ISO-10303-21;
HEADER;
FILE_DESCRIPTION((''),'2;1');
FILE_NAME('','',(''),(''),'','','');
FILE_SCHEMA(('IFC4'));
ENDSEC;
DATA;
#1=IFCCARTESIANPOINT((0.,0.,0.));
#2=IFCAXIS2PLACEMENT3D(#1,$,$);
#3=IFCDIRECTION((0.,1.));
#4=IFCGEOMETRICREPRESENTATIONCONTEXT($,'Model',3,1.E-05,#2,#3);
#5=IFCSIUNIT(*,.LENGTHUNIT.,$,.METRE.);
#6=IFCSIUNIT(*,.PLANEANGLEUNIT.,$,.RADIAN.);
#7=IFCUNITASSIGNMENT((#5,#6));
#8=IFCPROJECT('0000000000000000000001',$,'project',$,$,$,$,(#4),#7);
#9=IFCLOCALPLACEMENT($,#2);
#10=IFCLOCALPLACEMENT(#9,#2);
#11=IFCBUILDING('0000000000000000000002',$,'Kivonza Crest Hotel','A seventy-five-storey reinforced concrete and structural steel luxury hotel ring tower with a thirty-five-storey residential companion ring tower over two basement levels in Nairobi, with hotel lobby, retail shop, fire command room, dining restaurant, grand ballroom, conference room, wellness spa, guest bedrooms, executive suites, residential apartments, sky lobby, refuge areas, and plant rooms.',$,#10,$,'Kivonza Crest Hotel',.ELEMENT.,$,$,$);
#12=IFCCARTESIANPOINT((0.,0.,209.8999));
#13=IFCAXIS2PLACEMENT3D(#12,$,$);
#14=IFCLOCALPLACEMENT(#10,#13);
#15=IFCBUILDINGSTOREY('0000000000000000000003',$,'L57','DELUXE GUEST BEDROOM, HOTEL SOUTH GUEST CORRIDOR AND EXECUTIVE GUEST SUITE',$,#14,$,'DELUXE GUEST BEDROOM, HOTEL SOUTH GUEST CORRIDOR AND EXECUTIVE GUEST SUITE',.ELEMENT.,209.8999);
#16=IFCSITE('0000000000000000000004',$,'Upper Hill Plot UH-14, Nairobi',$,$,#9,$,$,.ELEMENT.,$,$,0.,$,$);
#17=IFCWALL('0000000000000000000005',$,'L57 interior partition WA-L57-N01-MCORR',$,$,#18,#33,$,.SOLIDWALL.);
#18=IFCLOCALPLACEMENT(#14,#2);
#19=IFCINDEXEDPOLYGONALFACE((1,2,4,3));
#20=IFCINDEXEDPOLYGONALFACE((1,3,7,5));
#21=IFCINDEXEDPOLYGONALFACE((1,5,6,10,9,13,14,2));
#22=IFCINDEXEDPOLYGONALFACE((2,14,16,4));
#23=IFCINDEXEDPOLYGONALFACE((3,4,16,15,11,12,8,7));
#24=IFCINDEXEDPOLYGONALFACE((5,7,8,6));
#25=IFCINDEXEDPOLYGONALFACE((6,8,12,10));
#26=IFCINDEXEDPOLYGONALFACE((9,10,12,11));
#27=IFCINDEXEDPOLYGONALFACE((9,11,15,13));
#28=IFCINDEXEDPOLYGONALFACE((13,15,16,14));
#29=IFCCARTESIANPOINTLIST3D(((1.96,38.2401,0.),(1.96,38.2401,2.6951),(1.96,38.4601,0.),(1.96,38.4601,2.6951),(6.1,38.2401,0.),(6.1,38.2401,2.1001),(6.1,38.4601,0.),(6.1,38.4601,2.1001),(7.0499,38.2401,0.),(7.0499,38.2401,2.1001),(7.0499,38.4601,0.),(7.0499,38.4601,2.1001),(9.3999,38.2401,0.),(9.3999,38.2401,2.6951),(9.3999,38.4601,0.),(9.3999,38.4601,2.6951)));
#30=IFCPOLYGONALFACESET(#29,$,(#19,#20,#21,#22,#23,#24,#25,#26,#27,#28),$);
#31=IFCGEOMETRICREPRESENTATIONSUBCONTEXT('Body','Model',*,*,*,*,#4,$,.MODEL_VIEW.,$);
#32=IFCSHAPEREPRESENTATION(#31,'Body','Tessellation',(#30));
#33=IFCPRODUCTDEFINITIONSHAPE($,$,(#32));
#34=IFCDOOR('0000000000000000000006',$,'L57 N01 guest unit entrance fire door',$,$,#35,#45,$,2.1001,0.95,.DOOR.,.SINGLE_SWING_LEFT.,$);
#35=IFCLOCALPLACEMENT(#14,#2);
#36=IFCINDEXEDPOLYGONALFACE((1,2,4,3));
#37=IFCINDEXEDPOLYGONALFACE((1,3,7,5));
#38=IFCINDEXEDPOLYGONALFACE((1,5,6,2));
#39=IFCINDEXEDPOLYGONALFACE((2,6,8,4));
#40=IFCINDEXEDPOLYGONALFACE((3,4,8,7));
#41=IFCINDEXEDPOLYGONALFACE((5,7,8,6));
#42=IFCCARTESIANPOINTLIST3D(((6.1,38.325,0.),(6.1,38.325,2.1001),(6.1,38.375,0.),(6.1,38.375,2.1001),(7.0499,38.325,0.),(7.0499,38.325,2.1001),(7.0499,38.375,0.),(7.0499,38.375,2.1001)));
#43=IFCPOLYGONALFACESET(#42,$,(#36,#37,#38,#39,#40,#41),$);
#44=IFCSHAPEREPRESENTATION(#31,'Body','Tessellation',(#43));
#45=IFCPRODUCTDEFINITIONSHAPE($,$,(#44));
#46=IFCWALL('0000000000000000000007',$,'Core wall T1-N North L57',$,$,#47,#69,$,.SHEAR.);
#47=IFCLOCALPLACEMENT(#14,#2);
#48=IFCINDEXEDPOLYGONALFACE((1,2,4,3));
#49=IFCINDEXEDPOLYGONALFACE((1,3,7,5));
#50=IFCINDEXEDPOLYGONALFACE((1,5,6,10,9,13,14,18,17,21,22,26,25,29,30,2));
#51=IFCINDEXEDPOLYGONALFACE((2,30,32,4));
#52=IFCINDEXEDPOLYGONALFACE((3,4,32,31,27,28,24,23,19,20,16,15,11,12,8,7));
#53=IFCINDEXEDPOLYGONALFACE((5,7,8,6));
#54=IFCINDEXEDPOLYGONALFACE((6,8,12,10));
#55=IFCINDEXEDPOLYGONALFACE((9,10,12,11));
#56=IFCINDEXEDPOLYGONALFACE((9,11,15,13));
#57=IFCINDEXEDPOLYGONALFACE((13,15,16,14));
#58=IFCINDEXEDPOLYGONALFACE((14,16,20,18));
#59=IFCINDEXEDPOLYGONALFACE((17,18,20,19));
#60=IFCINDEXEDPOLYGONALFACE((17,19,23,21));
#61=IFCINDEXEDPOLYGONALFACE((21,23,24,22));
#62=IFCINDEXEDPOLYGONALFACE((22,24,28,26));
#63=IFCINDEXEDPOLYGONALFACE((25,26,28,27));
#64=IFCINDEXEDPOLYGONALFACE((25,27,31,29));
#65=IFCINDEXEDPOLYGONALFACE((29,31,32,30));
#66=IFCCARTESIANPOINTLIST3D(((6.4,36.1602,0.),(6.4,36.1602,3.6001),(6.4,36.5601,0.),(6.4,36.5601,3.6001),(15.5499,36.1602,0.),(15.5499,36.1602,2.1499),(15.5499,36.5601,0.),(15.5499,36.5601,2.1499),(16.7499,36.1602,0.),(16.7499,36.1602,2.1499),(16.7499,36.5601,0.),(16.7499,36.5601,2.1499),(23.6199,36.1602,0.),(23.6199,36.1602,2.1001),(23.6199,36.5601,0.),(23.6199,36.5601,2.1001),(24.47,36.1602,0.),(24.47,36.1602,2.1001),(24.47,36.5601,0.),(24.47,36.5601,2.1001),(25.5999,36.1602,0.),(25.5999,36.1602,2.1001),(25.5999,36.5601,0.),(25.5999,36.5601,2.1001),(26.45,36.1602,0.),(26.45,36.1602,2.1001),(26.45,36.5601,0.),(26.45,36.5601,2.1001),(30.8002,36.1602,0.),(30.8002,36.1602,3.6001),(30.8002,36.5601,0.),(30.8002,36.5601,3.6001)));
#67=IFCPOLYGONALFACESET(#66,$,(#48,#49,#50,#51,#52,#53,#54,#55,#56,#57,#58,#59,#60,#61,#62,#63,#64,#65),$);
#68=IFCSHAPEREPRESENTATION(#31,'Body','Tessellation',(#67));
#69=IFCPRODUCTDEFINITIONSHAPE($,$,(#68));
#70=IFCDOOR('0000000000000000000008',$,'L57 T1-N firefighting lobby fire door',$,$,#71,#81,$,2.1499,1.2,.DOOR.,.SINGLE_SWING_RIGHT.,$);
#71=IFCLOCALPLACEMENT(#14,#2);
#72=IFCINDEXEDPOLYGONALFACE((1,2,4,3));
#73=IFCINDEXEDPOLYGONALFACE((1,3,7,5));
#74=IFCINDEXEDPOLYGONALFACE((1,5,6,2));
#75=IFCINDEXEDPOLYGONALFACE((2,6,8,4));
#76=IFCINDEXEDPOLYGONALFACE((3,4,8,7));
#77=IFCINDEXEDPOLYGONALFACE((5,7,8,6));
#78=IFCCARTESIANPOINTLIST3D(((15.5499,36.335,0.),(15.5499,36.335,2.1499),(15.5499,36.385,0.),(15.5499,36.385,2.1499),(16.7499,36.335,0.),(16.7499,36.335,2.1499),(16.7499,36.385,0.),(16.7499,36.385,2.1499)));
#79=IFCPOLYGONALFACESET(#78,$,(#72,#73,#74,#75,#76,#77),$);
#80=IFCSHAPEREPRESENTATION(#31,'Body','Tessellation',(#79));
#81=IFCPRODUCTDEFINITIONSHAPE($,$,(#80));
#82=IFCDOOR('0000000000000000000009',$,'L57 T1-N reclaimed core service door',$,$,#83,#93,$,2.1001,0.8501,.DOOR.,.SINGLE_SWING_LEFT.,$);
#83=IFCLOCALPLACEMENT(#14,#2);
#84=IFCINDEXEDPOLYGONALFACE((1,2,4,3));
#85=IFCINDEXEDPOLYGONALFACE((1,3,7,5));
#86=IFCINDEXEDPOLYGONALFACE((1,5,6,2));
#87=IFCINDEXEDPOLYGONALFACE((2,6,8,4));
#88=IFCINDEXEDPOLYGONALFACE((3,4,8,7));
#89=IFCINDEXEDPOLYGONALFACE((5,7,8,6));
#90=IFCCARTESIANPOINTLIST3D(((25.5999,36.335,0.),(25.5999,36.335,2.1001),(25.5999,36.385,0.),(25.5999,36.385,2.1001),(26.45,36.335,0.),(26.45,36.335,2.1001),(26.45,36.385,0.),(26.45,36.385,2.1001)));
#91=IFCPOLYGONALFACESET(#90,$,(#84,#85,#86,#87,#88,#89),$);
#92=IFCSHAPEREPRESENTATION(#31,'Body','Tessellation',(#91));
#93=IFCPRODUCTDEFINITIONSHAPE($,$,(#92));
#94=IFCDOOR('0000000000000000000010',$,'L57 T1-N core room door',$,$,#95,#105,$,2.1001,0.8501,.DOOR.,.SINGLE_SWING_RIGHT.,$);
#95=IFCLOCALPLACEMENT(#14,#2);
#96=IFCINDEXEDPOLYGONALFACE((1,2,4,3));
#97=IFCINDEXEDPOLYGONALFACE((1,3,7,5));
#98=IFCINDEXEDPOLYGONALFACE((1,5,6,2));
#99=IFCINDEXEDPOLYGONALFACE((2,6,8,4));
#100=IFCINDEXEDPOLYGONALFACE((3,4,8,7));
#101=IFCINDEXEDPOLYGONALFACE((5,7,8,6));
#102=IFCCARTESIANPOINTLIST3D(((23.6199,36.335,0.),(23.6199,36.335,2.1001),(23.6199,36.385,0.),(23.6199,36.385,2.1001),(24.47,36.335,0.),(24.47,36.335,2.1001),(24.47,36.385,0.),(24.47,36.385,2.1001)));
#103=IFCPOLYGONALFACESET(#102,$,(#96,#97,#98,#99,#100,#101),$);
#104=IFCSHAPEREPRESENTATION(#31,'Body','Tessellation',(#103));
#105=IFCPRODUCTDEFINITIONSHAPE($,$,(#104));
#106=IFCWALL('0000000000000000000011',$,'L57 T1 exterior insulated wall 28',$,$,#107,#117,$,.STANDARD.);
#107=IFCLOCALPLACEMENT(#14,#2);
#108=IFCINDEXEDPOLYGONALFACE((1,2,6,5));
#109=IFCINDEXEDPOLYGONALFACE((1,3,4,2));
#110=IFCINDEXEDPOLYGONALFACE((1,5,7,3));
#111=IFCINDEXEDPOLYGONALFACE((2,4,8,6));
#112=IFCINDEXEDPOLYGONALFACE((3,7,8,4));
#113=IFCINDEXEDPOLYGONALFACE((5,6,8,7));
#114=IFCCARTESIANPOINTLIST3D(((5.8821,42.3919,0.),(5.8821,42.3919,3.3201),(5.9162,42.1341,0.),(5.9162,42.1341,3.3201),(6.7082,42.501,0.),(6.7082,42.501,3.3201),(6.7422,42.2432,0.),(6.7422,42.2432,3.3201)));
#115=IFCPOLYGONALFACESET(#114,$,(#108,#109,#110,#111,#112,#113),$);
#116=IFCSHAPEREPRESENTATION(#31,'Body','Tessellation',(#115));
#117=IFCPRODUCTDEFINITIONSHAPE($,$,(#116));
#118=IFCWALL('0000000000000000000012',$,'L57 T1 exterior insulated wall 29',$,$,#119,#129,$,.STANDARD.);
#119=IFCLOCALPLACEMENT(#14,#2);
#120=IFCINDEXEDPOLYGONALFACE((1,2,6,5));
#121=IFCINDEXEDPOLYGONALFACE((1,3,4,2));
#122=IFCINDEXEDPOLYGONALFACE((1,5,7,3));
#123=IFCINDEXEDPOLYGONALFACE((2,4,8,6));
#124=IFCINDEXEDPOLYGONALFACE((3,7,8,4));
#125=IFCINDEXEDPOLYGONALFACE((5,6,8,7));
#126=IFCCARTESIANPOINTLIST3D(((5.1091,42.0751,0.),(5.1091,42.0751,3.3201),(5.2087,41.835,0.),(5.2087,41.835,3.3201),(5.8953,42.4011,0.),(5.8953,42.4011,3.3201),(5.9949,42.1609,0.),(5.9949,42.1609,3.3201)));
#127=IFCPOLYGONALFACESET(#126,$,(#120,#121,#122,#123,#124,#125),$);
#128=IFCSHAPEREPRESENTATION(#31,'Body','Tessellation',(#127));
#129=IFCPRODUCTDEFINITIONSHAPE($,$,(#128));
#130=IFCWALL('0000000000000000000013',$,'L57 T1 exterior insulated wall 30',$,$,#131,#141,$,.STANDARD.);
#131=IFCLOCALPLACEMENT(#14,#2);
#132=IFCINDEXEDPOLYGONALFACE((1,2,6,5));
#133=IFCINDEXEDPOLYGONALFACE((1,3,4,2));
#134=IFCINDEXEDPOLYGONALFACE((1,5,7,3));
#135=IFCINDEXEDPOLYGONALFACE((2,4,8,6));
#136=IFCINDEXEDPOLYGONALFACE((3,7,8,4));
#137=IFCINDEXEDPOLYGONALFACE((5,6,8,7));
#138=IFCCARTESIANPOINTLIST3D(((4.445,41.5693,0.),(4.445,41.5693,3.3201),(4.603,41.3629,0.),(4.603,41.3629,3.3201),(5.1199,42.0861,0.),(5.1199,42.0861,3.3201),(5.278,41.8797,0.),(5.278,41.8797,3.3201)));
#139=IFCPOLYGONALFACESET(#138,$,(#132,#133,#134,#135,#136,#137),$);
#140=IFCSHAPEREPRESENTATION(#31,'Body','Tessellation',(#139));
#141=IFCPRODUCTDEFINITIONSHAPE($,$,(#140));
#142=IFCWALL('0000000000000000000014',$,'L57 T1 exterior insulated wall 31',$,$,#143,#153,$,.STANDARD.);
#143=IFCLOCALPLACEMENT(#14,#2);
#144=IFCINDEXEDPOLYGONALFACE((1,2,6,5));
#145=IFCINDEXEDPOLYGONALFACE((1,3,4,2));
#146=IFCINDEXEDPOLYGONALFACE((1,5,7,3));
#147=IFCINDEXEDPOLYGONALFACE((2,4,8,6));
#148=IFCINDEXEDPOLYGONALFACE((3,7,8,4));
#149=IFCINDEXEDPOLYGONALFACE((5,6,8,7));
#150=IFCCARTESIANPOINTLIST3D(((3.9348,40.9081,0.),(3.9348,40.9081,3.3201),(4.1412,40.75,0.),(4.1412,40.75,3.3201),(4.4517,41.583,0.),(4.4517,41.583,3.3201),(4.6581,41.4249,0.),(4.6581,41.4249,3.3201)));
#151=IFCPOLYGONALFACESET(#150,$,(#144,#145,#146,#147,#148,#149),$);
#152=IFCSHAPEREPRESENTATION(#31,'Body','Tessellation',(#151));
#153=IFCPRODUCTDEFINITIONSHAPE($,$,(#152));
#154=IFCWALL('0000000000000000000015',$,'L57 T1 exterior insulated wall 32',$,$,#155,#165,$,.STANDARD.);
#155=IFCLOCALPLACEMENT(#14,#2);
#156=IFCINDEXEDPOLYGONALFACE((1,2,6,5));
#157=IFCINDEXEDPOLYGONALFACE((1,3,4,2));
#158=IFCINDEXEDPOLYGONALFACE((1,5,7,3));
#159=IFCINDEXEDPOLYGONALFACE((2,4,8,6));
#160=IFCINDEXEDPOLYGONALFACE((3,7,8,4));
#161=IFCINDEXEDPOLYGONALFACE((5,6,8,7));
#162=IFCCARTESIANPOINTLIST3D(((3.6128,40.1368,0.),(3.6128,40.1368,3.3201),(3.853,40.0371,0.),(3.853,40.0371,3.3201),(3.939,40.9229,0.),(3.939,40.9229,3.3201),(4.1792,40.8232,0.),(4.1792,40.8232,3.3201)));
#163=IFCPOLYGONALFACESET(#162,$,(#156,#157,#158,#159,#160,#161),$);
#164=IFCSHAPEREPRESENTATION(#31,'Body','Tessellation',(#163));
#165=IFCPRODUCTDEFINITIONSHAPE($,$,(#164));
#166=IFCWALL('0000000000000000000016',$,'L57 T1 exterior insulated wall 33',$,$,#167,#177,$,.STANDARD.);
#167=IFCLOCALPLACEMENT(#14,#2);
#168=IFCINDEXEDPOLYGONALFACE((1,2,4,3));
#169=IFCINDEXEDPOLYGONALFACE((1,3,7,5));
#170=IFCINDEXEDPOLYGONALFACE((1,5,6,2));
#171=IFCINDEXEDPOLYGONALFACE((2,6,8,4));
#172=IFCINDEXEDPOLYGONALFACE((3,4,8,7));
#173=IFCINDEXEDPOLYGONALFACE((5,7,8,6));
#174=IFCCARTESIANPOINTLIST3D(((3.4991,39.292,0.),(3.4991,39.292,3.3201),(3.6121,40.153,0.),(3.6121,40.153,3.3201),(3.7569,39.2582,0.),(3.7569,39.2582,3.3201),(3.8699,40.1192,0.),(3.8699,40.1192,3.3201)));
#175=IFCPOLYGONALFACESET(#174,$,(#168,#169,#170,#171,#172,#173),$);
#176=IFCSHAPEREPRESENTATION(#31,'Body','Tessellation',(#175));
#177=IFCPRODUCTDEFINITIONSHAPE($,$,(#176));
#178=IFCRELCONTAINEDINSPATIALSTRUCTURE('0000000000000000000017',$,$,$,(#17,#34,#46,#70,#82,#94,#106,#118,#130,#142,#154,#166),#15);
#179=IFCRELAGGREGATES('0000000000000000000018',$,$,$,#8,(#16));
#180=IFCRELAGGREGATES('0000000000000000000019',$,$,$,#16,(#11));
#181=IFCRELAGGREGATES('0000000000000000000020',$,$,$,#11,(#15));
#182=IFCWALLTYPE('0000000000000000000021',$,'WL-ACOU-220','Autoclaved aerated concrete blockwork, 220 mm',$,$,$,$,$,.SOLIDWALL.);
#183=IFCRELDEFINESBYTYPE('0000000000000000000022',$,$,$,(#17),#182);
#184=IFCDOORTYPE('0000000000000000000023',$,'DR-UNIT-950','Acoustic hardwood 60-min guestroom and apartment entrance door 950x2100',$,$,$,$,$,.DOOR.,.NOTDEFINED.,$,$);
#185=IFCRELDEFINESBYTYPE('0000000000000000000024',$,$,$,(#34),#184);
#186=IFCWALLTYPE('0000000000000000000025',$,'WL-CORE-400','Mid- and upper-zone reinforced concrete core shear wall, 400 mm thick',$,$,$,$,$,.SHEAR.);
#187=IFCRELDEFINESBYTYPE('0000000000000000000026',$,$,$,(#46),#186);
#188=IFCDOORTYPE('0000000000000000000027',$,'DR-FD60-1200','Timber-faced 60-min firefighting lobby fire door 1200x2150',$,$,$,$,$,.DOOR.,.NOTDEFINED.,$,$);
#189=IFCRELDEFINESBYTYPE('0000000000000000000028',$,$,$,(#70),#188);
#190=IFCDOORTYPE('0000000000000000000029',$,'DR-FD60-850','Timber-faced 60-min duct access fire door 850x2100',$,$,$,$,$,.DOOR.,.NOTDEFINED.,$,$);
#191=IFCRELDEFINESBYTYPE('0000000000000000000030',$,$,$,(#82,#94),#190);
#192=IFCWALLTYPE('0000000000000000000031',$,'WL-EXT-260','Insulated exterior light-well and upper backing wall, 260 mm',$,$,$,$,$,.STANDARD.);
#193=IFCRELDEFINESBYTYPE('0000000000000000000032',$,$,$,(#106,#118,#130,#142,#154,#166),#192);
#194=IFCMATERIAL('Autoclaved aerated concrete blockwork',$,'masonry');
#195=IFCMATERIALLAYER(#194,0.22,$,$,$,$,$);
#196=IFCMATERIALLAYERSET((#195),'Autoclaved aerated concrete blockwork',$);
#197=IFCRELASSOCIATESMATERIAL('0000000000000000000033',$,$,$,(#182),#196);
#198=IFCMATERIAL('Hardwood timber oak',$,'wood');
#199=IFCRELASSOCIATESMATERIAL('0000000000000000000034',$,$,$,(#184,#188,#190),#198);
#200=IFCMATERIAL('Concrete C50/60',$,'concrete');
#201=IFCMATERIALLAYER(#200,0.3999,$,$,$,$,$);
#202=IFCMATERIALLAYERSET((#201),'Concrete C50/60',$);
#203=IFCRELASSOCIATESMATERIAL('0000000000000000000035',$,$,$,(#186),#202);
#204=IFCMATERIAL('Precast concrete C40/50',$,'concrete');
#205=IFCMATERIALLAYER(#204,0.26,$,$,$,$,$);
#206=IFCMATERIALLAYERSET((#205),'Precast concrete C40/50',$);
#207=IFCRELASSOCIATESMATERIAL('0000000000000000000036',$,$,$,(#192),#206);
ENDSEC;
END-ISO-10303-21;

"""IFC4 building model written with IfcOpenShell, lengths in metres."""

from ifc_helpers import new_model, si_unit, direction, frame, frame_2d, origin, place, context, subcontext, project, spatial, rectangle, extrude, material, layer, layer_set, type_object, element, fill, save


model = new_model("IFC4")

# Units and contexts
model_context = context("Model", 3, precision=1e-05, world=origin(), true_north=direction((0.0, 1.0)))
body_context = subcontext(model_context, "Body", "Model", "MODEL_VIEW")
ifc_project = project(units=[si_unit("LENGTHUNIT", "METRE"), si_unit("PLANEANGLEUNIT", "RADIAN")], contexts=[model_context])

# Site, building, storey
site_placement = place(None, origin())
site = spatial("IfcSite", under=ifc_project, at=site_placement, Name="Upper Hill Plot UH-14, Nairobi", CompositionType="ELEMENT", RefElevation=0.0)
building_placement = place(site_placement, origin())
building = spatial("IfcBuilding", under=site, at=building_placement, Name="Kivonza Crest Hotel", Description="A seventy-five-storey reinforced concrete and structural steel luxury hotel ring tower with a thirty-five-storey residential companion ring tower over two basement levels in Nairobi, with hotel lobby, retail shop, fire command room, dining restaurant, grand ballroom, conference room, wellness spa, guest bedrooms, executive suites, residential apartments, sky lobby, refuge areas, and plant rooms.", LongName="Kivonza Crest Hotel", CompositionType="ELEMENT")
storey_placement = place(building_placement, frame((0.0, 0.0, 209.8999)))
storey = spatial("IfcBuildingStorey", under=building, at=storey_placement, Name="L57", Description="DELUXE GUEST BEDROOM, HOTEL SOUTH GUEST CORRIDOR AND EXECUTIVE GUEST SUITE", LongName="DELUXE GUEST BEDROOM, HOTEL SOUTH GUEST CORRIDOR AND EXECUTIVE GUEST SUITE", CompositionType="ELEMENT", Elevation=209.8999)

# Shared definitions
ifc_material_1 = material(Name="Concrete C50/60", Category="concrete")

# Shared definitions
ifc_material_2 = material(Name="Autoclaved aerated concrete blockwork", Category="masonry")
ifc_layer_1 = layer(ifc_material_2, 0.22)
ifc_layer_set_1 = layer_set([ifc_layer_1], Name="Autoclaved aerated concrete blockwork")
wall_type_1 = type_object("IfcWallType", Name="WL-ACOU-220", Description="Autoclaved aerated concrete blockwork, 220 mm", PredefinedType="SOLIDWALL", material=ifc_layer_set_1)

# Wall, opening, door
wall_1_placement = place(storey_placement, frame((1.96, 38.3501, 0.0), z_axis=(0.0, 0.0, 1.0), x_axis=(1.0, 0.0, 0.0)))
wall_1 = element("IfcWall", 1, at=wall_1_placement, inside=storey, type_object=wall_type_1, Name="L57 interior partition WA-L57-N01-MCORR", PredefinedType="SOLIDWALL", context=body_context, shape_type="SweptSolid", body=[
    extrude(rectangle(XDim=7.4399, YDim=0.22, at=frame_2d((3.72, 0.0))), origin(), (0.0, 0.0, 1.0), 2.6951),
])
opening_1_placement = place(wall_1_placement, frame((4.1399, 0.0, 0.0)))
opening_1 = element("IfcOpeningElement", 2, at=opening_1_placement, cuts=wall_1, PredefinedType="OPENING", context=body_context, shape_type="SweptSolid", body=[
    extrude(rectangle(XDim=0.95, YDim=2.1001, at=frame_2d((0.4751, 1.05))), frame((0.0, 0.1201, 0.0), z_axis=(0.0, -1.0, 0.0), x_axis=(1.0, 0.0, 0.0)), (0.0, 0.0, 1.0), 0.24),
])
ifc_material_3 = material(Name="Hardwood timber oak", Category="wood")
door_type_1 = type_object("IfcDoorType", Name="DR-UNIT-950", Description="Acoustic hardwood 60-min guestroom and apartment entrance door 950x2100", OperationType="NOTDEFINED", PredefinedType="DOOR", material=ifc_material_3)
door_1_placement = place(opening_1_placement, origin())
door_1 = element("IfcDoor", 3, at=door_1_placement, inside=storey, type_object=door_type_1, Name="L57 N01 guest unit entrance fire door", OperationType="SINGLE_SWING_LEFT", OverallHeight=2.1001, OverallWidth=0.95, PredefinedType="DOOR", context=body_context, shape_type="SweptSolid", body=[
    extrude(rectangle(XDim=0.95, YDim=2.1001, at=frame_2d((0.4751, 1.05))), frame((0.0, 0.0249, 0.0), z_axis=(0.0, -1.0, 0.0), x_axis=(1.0, 0.0, 0.0)), (0.0, 0.0, 1.0), 0.05),
])
fill(opening_1, door_1)

# Wall, openings, doors
ifc_layer_2 = layer(ifc_material_1, 0.3999)
ifc_layer_set_2 = layer_set([ifc_layer_2], Name="Concrete C50/60")
wall_type_2 = type_object("IfcWallType", Name="WL-CORE-400", Description="Mid- and upper-zone reinforced concrete core shear wall, 400 mm thick", PredefinedType="SHEAR", material=ifc_layer_set_2)
wall_2_placement = place(storey_placement, frame((6.3999, 36.3601, 0.0), z_axis=(0.0, 0.0, 1.0), x_axis=(1.0, 0.0, 0.0)))
wall_2 = element("IfcWall", 4, at=wall_2_placement, inside=storey, type_object=wall_type_2, Name="Core wall T1-N North L57", PredefinedType="SHEAR", context=body_context, shape_type="SweptSolid", body=[
    extrude(rectangle(XDim=24.4001, YDim=0.3999, at=frame_2d((12.2002, 0.0))), origin(), (0.0, 0.0, 1.0), 3.6001),
])
opening_2_placement = place(wall_2_placement, frame((9.1499, 0.0, 0.0)))
opening_2 = element("IfcOpeningElement", 5, at=opening_2_placement, cuts=wall_2, PredefinedType="OPENING", context=body_context, shape_type="SweptSolid", body=[
    extrude(rectangle(XDim=1.2, YDim=2.1499, at=frame_2d((0.6001, 1.075))), frame((0.0, 0.21, 0.0), z_axis=(0.0, -1.0, 0.0), x_axis=(1.0, 0.0, 0.0)), (0.0, 0.0, 1.0), 0.4199),
])
opening_3_placement = place(wall_2_placement, frame((19.2, 0.0, 0.0)))
opening_3 = element("IfcOpeningElement", 6, at=opening_3_placement, cuts=wall_2, PredefinedType="OPENING", context=body_context, shape_type="SweptSolid", body=[
    extrude(rectangle(XDim=0.8501, YDim=2.1001, at=frame_2d((0.425, 1.05))), frame((0.0, 0.21, 0.0), z_axis=(0.0, -1.0, 0.0), x_axis=(1.0, 0.0, 0.0)), (0.0, 0.0, 1.0), 0.4199),
])
opening_4_placement = place(wall_2_placement, frame((17.22, 0.0, 0.0)))
opening_4 = element("IfcOpeningElement", 7, at=opening_4_placement, cuts=wall_2, PredefinedType="OPENING", context=body_context, shape_type="SweptSolid", body=[
    extrude(rectangle(XDim=0.8501, YDim=2.1001, at=frame_2d((0.425, 1.05))), frame((0.0, 0.21, 0.0), z_axis=(0.0, -1.0, 0.0), x_axis=(1.0, 0.0, 0.0)), (0.0, 0.0, 1.0), 0.4199),
])
door_type_2 = type_object("IfcDoorType", Name="DR-FD60-1200", Description="Timber-faced 60-min firefighting lobby fire door 1200x2150", OperationType="NOTDEFINED", PredefinedType="DOOR", material=ifc_material_3)
door_2_placement = place(opening_2_placement, origin())
door_2 = element("IfcDoor", 8, at=door_2_placement, inside=storey, type_object=door_type_2, Name="L57 T1-N firefighting lobby fire door", OperationType="SINGLE_SWING_RIGHT", OverallHeight=2.1499, OverallWidth=1.2, PredefinedType="DOOR", context=body_context, shape_type="SweptSolid", body=[
    extrude(rectangle(XDim=1.2, YDim=2.1499, at=frame_2d((0.6001, 1.075))), frame((0.0, 0.0249, 0.0), z_axis=(0.0, -1.0, 0.0), x_axis=(1.0, 0.0, 0.0)), (0.0, 0.0, 1.0), 0.05),
])
fill(opening_2, door_2)
door_type_3 = type_object("IfcDoorType", Name="DR-FD60-850", Description="Timber-faced 60-min duct access fire door 850x2100", OperationType="NOTDEFINED", PredefinedType="DOOR", material=ifc_material_3)
door_3_placement = place(opening_3_placement, origin())
door_3 = element("IfcDoor", 9, at=door_3_placement, inside=storey, type_object=door_type_3, Name="L57 T1-N reclaimed core service door", OperationType="SINGLE_SWING_LEFT", OverallHeight=2.1001, OverallWidth=0.8501, PredefinedType="DOOR", context=body_context, shape_type="SweptSolid", body=[
    extrude(rectangle(XDim=0.8501, YDim=2.1001, at=frame_2d((0.425, 1.05))), frame((0.0, 0.0249, 0.0), z_axis=(0.0, -1.0, 0.0), x_axis=(1.0, 0.0, 0.0)), (0.0, 0.0, 1.0), 0.05),
])
fill(opening_3, door_3)
door_4_placement = place(opening_4_placement, origin())
door_4 = element("IfcDoor", 10, at=door_4_placement, inside=storey, type_object=door_type_3, Name="L57 T1-N core room door", OperationType="SINGLE_SWING_RIGHT", OverallHeight=2.1001, OverallWidth=0.8501, PredefinedType="DOOR", context=body_context, shape_type="SweptSolid", body=[
    extrude(rectangle(XDim=0.8501, YDim=2.1001, at=frame_2d((0.425, 1.05))), frame((0.0, 0.0249, 0.0), z_axis=(0.0, -1.0, 0.0), x_axis=(1.0, 0.0, 0.0)), (0.0, 0.0, 1.0), 0.05),
])
fill(opening_4, door_4)

# Walls
ifc_material_4 = material(Name="Precast concrete C40/50", Category="concrete")
ifc_layer_3 = layer(ifc_material_4, 0.26)
ifc_layer_set_3 = layer_set([ifc_layer_3], Name="Precast concrete C40/50")
wall_type_3 = type_object("IfcWallType", Name="WL-EXT-260", Description="Insulated exterior light-well and upper backing wall, 260 mm", PredefinedType="STANDARD", material=ifc_layer_set_3)
wall_3_placement = place(storey_placement, frame((6.7251, 42.3721, 0.0), z_axis=(0.0, 0.0, 1.0), x_axis=(-0.991388, -0.130955, 0.0)))
element("IfcWall", 11, at=wall_3_placement, inside=storey, type_object=wall_type_3, Name="L57 T1 exterior insulated wall 28", PredefinedType="STANDARD", context=body_context, shape_type="SweptSolid", body=[
    extrude(rectangle(XDim=0.8333, YDim=0.26, at=frame_2d((0.4165, 0.0))), origin(), (0.0, 0.0, 1.0), 3.3201),
])
wall_4_placement = place(storey_placement, frame((5.9451, 42.281, 0.0), z_axis=(0.0, 0.0, 1.0), x_axis=(-0.923754, -0.382985, 0.0)))
element("IfcWall", 12, at=wall_4_placement, inside=storey, type_object=wall_type_3, Name="L57 T1 exterior insulated wall 29", PredefinedType="STANDARD", context=body_context, shape_type="SweptSolid", body=[
    extrude(rectangle(XDim=0.8511, YDim=0.26, at=frame_2d((0.4255, 0.0))), origin(), (0.0, 0.0, 1.0), 3.3201),
])
for number, where, z_axis, x_axis, name in (
    (13, (5.199, 41.9829, 0.0), (0.0, 0.0, 1.0), (-0.793999, -0.607919, 0.0), "L57 T1 exterior insulated wall 30"),
    (14, (4.5549, 41.5039, 0.0), (0.0, 0.0, 1.0), (-0.608058, -0.793893, 0.0), "L57 T1 exterior insulated wall 31"),
):
    element("IfcWall", number, at=place(storey_placement, frame(where, z_axis=z_axis, x_axis=x_axis)), inside=storey, type_object=wall_type_3, Name=name, PredefinedType="STANDARD", context=body_context, shape_type="SweptSolid", body=[
        extrude(rectangle(XDim=0.8501, YDim=0.26, at=frame_2d((0.425, 0.0))), origin(), (0.0, 0.0, 1.0), 3.3201),
    ])
wall_5_placement = place(storey_placement, frame((4.0591, 40.873, 0.0), z_axis=(0.0, 0.0, 1.0), x_axis=(-0.38323, -0.923653, 0.0)))
element("IfcWall", 15, at=wall_5_placement, inside=storey, type_object=wall_type_3, Name="L57 T1 exterior insulated wall 32", PredefinedType="STANDARD", context=body_context, shape_type="SweptSolid", body=[
    extrude(rectangle(XDim=0.8511, YDim=0.26, at=frame_2d((0.4255, 0.0))), origin(), (0.0, 0.0, 1.0), 3.3201),
])
wall_6_placement = place(storey_placement, frame((3.741, 40.136, 0.0), z_axis=(0.0, 0.0, 1.0), x_axis=(-0.130156, -0.991493, 0.0)))
element("IfcWall", 16, at=wall_6_placement, inside=storey, type_object=wall_type_3, Name="L57 T1 exterior insulated wall 33", PredefinedType="STANDARD", context=body_context, shape_type="SweptSolid", body=[
    extrude(rectangle(XDim=0.8684, YDim=0.26, at=frame_2d((0.4341, 0.0))), origin(), (0.0, 0.0, 1.0), 3.3201),
])

save(model, "model.ifc")
